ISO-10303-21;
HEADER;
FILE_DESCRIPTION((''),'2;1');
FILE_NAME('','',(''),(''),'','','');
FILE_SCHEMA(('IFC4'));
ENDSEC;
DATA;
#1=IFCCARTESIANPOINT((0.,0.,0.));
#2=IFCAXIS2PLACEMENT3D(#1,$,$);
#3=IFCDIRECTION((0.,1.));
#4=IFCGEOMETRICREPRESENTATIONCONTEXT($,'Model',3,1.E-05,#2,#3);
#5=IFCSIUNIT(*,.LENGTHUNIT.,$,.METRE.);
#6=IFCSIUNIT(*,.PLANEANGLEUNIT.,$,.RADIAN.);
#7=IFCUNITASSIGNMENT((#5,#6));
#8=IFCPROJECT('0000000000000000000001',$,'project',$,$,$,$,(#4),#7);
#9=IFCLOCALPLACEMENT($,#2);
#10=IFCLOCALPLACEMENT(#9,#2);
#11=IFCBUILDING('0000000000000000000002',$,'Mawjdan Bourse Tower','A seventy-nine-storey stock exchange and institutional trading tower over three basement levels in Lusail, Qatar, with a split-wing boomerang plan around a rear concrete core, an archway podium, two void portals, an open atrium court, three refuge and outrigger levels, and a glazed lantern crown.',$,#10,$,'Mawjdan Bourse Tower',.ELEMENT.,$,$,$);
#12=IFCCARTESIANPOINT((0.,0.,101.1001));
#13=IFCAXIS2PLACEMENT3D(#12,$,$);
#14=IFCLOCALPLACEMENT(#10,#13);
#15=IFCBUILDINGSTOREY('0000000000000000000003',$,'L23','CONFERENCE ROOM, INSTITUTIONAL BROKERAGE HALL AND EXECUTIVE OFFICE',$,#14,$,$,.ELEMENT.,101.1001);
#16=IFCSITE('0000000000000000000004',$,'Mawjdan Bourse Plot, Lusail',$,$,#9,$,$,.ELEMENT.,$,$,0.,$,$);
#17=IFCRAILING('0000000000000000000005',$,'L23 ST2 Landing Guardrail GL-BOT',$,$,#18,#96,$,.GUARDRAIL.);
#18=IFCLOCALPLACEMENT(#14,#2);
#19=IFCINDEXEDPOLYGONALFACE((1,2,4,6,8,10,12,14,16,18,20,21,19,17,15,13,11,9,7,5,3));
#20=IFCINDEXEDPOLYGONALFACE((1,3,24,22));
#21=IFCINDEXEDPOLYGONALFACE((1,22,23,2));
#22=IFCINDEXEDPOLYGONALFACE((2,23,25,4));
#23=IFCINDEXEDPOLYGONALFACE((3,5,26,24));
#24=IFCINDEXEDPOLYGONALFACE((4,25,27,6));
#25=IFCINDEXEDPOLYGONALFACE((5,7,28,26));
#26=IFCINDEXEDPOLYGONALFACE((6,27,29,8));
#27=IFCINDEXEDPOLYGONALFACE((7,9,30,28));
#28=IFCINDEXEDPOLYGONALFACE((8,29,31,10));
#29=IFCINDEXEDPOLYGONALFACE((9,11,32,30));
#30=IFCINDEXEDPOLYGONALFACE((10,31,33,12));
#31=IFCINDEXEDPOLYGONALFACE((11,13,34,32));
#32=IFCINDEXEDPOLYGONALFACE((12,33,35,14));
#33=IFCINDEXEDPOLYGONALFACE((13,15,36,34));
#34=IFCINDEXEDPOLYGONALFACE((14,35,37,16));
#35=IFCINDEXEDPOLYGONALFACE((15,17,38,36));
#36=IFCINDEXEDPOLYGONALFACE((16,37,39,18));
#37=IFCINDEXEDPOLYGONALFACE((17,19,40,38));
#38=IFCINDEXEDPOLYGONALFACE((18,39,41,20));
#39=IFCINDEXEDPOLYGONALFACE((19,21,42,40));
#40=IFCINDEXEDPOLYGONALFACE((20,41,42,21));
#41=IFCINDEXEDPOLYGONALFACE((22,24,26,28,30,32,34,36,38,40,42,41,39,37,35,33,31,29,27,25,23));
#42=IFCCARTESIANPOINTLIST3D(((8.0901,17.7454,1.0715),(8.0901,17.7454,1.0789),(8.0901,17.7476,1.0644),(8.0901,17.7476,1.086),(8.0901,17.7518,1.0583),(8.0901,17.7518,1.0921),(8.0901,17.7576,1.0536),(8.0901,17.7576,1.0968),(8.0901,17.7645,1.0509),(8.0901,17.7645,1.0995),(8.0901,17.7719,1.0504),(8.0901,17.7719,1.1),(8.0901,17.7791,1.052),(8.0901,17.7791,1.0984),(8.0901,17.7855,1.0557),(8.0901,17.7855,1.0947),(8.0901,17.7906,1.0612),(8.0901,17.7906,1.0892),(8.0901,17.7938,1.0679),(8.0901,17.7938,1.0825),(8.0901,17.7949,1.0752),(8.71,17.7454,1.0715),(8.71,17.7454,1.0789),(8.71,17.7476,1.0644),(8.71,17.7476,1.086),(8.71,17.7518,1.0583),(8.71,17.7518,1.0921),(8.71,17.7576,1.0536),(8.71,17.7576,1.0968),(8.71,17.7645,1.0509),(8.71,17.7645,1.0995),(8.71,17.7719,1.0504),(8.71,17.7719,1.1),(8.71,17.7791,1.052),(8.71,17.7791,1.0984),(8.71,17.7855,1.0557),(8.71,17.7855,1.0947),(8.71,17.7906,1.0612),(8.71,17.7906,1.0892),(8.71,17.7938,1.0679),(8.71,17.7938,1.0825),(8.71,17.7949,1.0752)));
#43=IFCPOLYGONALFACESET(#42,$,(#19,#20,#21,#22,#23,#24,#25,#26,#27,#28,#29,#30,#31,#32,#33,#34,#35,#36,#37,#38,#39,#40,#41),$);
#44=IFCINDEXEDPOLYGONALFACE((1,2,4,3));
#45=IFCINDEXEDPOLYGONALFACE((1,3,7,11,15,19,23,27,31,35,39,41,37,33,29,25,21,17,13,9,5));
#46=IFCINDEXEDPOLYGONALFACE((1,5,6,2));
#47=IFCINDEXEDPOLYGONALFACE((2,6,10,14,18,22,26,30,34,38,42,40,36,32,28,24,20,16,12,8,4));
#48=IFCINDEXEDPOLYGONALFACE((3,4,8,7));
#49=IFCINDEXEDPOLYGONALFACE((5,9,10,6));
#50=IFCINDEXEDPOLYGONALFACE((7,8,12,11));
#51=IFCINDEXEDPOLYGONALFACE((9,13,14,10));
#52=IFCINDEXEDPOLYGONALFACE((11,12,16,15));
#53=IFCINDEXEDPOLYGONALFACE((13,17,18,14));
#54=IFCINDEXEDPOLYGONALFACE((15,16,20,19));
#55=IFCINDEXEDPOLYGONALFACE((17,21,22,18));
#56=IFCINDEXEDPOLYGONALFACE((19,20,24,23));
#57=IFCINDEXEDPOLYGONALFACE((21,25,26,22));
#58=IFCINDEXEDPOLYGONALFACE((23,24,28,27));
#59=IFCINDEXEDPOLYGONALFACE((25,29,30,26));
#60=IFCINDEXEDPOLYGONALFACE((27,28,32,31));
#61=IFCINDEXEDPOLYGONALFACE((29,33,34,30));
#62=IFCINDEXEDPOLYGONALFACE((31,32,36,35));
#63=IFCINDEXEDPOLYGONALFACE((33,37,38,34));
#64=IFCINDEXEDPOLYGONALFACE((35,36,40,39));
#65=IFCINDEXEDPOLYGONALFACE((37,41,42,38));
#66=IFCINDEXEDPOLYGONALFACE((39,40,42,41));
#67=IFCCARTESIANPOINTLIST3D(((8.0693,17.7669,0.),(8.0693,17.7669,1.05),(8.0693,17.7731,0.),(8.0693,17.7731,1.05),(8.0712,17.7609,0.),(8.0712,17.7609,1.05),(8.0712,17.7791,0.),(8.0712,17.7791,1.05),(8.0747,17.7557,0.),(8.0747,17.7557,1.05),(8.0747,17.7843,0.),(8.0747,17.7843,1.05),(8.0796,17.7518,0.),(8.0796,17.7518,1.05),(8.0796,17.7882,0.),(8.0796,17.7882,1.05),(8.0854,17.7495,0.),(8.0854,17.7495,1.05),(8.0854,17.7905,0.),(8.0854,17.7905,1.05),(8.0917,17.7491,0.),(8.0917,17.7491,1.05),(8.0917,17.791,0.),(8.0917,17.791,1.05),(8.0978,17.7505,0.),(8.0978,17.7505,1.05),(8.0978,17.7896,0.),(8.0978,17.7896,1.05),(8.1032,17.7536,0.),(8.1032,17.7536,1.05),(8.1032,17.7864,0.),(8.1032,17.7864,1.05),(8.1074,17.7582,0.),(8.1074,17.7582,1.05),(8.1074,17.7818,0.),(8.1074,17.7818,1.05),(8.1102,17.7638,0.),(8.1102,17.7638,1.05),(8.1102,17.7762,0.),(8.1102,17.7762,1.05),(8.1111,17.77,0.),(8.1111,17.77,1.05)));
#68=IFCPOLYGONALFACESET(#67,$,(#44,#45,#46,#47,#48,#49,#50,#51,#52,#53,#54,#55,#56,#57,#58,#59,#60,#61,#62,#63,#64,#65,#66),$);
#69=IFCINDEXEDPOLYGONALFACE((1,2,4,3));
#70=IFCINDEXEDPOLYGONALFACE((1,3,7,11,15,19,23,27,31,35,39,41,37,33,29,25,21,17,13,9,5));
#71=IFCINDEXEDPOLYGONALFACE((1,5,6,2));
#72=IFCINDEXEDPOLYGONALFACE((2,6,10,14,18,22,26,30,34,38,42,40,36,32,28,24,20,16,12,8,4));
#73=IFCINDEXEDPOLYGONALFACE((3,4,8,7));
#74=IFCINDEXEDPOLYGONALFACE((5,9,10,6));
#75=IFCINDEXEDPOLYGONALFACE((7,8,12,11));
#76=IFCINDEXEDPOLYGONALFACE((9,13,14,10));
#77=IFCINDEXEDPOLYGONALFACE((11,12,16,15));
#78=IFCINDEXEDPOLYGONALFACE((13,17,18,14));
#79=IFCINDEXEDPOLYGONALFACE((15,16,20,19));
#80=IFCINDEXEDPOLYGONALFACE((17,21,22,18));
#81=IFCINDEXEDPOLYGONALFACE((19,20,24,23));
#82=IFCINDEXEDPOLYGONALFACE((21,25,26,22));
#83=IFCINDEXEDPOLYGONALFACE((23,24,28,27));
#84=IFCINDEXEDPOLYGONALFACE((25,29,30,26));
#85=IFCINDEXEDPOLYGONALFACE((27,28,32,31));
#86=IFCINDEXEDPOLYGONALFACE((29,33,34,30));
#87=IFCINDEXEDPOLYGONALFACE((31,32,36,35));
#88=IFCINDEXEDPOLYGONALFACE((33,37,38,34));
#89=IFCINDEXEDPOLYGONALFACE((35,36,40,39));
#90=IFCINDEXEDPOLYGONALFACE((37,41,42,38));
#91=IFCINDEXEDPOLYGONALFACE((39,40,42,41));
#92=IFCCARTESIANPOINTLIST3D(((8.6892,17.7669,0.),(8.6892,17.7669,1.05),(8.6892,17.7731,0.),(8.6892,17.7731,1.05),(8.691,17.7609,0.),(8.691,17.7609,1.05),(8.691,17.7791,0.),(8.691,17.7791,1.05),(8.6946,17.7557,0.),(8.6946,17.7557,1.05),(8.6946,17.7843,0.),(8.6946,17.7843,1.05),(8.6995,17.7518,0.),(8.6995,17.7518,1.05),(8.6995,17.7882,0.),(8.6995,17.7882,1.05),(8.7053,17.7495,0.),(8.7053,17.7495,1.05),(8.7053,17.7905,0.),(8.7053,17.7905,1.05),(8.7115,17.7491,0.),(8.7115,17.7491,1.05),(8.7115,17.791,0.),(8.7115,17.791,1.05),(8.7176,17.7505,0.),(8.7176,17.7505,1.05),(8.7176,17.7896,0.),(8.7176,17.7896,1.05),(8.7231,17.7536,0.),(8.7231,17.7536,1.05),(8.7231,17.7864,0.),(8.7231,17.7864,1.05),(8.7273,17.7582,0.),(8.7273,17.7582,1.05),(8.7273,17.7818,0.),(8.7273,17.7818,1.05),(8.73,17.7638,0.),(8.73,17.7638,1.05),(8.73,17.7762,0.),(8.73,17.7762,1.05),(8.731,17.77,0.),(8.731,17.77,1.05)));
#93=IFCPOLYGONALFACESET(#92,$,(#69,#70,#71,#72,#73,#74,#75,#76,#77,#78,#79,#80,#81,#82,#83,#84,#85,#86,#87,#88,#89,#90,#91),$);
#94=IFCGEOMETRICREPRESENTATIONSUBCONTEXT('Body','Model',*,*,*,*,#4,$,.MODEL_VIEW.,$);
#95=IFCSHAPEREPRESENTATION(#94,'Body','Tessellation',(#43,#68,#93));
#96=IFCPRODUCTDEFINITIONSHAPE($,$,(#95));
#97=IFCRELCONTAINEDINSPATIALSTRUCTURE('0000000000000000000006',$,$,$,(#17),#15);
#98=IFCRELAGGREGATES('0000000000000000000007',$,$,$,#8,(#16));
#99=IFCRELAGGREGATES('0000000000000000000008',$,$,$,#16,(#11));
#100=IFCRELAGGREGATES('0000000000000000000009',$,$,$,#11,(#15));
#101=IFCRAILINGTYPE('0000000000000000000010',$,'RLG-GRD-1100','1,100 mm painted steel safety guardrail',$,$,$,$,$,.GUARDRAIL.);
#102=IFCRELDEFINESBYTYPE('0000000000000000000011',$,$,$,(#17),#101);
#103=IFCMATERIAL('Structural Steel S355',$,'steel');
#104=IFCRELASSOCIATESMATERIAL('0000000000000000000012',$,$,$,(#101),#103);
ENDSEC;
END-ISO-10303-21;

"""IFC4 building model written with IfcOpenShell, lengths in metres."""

from ifc_helpers import new_model, si_unit, direction, frame, origin, origin_2d, place, context, subcontext, project, spatial, circle, extrude, material, type_object, element, save


model = new_model("IFC4")

# Units and contexts
model_context = context("Model", 3, precision=1e-05, world=origin(), true_north=direction((0.0, 1.0)))
body_context = subcontext(model_context, "Body", "Model", "MODEL_VIEW")
ifc_project = project(units=[si_unit("LENGTHUNIT", "METRE"), si_unit("PLANEANGLEUNIT", "RADIAN")], contexts=[model_context])

# Site, building, storey
site_placement = place(None, origin())
site = spatial("IfcSite", under=ifc_project, at=site_placement, Name="Mawjdan Bourse Plot, Lusail", CompositionType="ELEMENT", RefElevation=0.0)
building_placement = place(site_placement, origin())
building = spatial("IfcBuilding", under=site, at=building_placement, Name="Mawjdan Bourse Tower", Description="A seventy-nine-storey stock exchange and institutional trading tower over three basement levels in Lusail, Qatar, with a split-wing boomerang plan around a rear concrete core, an archway podium, two void portals, an open atrium court, three refuge and outrigger levels, and a glazed lantern crown.", LongName="Mawjdan Bourse Tower", CompositionType="ELEMENT")
storey_placement = place(building_placement, frame((0.0, 0.0, 101.1001)))
storey = spatial("IfcBuildingStorey", under=building, at=storey_placement, Name="L23", Description="CONFERENCE ROOM, INSTITUTIONAL BROKERAGE HALL AND EXECUTIVE OFFICE", CompositionType="ELEMENT", Elevation=101.1001)

# Shared definitions
ifc_material_1 = material(Name="Structural Steel S355", Category="steel")

# Railing
railing_type_1 = type_object("IfcRailingType", Name="RLG-GRD-1100", Description="1,100 mm painted steel safety guardrail", PredefinedType="GUARDRAIL", material=ifc_material_1)
for number, where, name in (
    (1, (8.0901, 17.77, 0.0), "L23 ST2 Landing Guardrail GL-BOT"),
):
    element("IfcRailing", number, at=place(storey_placement, frame(where)), inside=storey, type_object=railing_type_1, Name=name, PredefinedType="GUARDRAIL", context=body_context, shape_type="SweptSolid", body=[
        extrude(circle(Radius=0.0249, at=origin_2d()), frame((0.0, 0.0, 1.0752), z_axis=(1.0, 0.0, 0.0), x_axis=(0.0, 1.0, 0.0)), (0.0, 0.0, 1.0), 0.6199),
        extrude(circle(Radius=0.021, at=origin_2d()), origin(), (0.0, 0.0, 1.0), 1.05),
        extrude(circle(Radius=0.021, at=origin_2d()), frame((0.6199, 0.0, 0.0)), (0.0, 0.0, 1.0), 1.05),
    ])

save(model, "model.ifc")
